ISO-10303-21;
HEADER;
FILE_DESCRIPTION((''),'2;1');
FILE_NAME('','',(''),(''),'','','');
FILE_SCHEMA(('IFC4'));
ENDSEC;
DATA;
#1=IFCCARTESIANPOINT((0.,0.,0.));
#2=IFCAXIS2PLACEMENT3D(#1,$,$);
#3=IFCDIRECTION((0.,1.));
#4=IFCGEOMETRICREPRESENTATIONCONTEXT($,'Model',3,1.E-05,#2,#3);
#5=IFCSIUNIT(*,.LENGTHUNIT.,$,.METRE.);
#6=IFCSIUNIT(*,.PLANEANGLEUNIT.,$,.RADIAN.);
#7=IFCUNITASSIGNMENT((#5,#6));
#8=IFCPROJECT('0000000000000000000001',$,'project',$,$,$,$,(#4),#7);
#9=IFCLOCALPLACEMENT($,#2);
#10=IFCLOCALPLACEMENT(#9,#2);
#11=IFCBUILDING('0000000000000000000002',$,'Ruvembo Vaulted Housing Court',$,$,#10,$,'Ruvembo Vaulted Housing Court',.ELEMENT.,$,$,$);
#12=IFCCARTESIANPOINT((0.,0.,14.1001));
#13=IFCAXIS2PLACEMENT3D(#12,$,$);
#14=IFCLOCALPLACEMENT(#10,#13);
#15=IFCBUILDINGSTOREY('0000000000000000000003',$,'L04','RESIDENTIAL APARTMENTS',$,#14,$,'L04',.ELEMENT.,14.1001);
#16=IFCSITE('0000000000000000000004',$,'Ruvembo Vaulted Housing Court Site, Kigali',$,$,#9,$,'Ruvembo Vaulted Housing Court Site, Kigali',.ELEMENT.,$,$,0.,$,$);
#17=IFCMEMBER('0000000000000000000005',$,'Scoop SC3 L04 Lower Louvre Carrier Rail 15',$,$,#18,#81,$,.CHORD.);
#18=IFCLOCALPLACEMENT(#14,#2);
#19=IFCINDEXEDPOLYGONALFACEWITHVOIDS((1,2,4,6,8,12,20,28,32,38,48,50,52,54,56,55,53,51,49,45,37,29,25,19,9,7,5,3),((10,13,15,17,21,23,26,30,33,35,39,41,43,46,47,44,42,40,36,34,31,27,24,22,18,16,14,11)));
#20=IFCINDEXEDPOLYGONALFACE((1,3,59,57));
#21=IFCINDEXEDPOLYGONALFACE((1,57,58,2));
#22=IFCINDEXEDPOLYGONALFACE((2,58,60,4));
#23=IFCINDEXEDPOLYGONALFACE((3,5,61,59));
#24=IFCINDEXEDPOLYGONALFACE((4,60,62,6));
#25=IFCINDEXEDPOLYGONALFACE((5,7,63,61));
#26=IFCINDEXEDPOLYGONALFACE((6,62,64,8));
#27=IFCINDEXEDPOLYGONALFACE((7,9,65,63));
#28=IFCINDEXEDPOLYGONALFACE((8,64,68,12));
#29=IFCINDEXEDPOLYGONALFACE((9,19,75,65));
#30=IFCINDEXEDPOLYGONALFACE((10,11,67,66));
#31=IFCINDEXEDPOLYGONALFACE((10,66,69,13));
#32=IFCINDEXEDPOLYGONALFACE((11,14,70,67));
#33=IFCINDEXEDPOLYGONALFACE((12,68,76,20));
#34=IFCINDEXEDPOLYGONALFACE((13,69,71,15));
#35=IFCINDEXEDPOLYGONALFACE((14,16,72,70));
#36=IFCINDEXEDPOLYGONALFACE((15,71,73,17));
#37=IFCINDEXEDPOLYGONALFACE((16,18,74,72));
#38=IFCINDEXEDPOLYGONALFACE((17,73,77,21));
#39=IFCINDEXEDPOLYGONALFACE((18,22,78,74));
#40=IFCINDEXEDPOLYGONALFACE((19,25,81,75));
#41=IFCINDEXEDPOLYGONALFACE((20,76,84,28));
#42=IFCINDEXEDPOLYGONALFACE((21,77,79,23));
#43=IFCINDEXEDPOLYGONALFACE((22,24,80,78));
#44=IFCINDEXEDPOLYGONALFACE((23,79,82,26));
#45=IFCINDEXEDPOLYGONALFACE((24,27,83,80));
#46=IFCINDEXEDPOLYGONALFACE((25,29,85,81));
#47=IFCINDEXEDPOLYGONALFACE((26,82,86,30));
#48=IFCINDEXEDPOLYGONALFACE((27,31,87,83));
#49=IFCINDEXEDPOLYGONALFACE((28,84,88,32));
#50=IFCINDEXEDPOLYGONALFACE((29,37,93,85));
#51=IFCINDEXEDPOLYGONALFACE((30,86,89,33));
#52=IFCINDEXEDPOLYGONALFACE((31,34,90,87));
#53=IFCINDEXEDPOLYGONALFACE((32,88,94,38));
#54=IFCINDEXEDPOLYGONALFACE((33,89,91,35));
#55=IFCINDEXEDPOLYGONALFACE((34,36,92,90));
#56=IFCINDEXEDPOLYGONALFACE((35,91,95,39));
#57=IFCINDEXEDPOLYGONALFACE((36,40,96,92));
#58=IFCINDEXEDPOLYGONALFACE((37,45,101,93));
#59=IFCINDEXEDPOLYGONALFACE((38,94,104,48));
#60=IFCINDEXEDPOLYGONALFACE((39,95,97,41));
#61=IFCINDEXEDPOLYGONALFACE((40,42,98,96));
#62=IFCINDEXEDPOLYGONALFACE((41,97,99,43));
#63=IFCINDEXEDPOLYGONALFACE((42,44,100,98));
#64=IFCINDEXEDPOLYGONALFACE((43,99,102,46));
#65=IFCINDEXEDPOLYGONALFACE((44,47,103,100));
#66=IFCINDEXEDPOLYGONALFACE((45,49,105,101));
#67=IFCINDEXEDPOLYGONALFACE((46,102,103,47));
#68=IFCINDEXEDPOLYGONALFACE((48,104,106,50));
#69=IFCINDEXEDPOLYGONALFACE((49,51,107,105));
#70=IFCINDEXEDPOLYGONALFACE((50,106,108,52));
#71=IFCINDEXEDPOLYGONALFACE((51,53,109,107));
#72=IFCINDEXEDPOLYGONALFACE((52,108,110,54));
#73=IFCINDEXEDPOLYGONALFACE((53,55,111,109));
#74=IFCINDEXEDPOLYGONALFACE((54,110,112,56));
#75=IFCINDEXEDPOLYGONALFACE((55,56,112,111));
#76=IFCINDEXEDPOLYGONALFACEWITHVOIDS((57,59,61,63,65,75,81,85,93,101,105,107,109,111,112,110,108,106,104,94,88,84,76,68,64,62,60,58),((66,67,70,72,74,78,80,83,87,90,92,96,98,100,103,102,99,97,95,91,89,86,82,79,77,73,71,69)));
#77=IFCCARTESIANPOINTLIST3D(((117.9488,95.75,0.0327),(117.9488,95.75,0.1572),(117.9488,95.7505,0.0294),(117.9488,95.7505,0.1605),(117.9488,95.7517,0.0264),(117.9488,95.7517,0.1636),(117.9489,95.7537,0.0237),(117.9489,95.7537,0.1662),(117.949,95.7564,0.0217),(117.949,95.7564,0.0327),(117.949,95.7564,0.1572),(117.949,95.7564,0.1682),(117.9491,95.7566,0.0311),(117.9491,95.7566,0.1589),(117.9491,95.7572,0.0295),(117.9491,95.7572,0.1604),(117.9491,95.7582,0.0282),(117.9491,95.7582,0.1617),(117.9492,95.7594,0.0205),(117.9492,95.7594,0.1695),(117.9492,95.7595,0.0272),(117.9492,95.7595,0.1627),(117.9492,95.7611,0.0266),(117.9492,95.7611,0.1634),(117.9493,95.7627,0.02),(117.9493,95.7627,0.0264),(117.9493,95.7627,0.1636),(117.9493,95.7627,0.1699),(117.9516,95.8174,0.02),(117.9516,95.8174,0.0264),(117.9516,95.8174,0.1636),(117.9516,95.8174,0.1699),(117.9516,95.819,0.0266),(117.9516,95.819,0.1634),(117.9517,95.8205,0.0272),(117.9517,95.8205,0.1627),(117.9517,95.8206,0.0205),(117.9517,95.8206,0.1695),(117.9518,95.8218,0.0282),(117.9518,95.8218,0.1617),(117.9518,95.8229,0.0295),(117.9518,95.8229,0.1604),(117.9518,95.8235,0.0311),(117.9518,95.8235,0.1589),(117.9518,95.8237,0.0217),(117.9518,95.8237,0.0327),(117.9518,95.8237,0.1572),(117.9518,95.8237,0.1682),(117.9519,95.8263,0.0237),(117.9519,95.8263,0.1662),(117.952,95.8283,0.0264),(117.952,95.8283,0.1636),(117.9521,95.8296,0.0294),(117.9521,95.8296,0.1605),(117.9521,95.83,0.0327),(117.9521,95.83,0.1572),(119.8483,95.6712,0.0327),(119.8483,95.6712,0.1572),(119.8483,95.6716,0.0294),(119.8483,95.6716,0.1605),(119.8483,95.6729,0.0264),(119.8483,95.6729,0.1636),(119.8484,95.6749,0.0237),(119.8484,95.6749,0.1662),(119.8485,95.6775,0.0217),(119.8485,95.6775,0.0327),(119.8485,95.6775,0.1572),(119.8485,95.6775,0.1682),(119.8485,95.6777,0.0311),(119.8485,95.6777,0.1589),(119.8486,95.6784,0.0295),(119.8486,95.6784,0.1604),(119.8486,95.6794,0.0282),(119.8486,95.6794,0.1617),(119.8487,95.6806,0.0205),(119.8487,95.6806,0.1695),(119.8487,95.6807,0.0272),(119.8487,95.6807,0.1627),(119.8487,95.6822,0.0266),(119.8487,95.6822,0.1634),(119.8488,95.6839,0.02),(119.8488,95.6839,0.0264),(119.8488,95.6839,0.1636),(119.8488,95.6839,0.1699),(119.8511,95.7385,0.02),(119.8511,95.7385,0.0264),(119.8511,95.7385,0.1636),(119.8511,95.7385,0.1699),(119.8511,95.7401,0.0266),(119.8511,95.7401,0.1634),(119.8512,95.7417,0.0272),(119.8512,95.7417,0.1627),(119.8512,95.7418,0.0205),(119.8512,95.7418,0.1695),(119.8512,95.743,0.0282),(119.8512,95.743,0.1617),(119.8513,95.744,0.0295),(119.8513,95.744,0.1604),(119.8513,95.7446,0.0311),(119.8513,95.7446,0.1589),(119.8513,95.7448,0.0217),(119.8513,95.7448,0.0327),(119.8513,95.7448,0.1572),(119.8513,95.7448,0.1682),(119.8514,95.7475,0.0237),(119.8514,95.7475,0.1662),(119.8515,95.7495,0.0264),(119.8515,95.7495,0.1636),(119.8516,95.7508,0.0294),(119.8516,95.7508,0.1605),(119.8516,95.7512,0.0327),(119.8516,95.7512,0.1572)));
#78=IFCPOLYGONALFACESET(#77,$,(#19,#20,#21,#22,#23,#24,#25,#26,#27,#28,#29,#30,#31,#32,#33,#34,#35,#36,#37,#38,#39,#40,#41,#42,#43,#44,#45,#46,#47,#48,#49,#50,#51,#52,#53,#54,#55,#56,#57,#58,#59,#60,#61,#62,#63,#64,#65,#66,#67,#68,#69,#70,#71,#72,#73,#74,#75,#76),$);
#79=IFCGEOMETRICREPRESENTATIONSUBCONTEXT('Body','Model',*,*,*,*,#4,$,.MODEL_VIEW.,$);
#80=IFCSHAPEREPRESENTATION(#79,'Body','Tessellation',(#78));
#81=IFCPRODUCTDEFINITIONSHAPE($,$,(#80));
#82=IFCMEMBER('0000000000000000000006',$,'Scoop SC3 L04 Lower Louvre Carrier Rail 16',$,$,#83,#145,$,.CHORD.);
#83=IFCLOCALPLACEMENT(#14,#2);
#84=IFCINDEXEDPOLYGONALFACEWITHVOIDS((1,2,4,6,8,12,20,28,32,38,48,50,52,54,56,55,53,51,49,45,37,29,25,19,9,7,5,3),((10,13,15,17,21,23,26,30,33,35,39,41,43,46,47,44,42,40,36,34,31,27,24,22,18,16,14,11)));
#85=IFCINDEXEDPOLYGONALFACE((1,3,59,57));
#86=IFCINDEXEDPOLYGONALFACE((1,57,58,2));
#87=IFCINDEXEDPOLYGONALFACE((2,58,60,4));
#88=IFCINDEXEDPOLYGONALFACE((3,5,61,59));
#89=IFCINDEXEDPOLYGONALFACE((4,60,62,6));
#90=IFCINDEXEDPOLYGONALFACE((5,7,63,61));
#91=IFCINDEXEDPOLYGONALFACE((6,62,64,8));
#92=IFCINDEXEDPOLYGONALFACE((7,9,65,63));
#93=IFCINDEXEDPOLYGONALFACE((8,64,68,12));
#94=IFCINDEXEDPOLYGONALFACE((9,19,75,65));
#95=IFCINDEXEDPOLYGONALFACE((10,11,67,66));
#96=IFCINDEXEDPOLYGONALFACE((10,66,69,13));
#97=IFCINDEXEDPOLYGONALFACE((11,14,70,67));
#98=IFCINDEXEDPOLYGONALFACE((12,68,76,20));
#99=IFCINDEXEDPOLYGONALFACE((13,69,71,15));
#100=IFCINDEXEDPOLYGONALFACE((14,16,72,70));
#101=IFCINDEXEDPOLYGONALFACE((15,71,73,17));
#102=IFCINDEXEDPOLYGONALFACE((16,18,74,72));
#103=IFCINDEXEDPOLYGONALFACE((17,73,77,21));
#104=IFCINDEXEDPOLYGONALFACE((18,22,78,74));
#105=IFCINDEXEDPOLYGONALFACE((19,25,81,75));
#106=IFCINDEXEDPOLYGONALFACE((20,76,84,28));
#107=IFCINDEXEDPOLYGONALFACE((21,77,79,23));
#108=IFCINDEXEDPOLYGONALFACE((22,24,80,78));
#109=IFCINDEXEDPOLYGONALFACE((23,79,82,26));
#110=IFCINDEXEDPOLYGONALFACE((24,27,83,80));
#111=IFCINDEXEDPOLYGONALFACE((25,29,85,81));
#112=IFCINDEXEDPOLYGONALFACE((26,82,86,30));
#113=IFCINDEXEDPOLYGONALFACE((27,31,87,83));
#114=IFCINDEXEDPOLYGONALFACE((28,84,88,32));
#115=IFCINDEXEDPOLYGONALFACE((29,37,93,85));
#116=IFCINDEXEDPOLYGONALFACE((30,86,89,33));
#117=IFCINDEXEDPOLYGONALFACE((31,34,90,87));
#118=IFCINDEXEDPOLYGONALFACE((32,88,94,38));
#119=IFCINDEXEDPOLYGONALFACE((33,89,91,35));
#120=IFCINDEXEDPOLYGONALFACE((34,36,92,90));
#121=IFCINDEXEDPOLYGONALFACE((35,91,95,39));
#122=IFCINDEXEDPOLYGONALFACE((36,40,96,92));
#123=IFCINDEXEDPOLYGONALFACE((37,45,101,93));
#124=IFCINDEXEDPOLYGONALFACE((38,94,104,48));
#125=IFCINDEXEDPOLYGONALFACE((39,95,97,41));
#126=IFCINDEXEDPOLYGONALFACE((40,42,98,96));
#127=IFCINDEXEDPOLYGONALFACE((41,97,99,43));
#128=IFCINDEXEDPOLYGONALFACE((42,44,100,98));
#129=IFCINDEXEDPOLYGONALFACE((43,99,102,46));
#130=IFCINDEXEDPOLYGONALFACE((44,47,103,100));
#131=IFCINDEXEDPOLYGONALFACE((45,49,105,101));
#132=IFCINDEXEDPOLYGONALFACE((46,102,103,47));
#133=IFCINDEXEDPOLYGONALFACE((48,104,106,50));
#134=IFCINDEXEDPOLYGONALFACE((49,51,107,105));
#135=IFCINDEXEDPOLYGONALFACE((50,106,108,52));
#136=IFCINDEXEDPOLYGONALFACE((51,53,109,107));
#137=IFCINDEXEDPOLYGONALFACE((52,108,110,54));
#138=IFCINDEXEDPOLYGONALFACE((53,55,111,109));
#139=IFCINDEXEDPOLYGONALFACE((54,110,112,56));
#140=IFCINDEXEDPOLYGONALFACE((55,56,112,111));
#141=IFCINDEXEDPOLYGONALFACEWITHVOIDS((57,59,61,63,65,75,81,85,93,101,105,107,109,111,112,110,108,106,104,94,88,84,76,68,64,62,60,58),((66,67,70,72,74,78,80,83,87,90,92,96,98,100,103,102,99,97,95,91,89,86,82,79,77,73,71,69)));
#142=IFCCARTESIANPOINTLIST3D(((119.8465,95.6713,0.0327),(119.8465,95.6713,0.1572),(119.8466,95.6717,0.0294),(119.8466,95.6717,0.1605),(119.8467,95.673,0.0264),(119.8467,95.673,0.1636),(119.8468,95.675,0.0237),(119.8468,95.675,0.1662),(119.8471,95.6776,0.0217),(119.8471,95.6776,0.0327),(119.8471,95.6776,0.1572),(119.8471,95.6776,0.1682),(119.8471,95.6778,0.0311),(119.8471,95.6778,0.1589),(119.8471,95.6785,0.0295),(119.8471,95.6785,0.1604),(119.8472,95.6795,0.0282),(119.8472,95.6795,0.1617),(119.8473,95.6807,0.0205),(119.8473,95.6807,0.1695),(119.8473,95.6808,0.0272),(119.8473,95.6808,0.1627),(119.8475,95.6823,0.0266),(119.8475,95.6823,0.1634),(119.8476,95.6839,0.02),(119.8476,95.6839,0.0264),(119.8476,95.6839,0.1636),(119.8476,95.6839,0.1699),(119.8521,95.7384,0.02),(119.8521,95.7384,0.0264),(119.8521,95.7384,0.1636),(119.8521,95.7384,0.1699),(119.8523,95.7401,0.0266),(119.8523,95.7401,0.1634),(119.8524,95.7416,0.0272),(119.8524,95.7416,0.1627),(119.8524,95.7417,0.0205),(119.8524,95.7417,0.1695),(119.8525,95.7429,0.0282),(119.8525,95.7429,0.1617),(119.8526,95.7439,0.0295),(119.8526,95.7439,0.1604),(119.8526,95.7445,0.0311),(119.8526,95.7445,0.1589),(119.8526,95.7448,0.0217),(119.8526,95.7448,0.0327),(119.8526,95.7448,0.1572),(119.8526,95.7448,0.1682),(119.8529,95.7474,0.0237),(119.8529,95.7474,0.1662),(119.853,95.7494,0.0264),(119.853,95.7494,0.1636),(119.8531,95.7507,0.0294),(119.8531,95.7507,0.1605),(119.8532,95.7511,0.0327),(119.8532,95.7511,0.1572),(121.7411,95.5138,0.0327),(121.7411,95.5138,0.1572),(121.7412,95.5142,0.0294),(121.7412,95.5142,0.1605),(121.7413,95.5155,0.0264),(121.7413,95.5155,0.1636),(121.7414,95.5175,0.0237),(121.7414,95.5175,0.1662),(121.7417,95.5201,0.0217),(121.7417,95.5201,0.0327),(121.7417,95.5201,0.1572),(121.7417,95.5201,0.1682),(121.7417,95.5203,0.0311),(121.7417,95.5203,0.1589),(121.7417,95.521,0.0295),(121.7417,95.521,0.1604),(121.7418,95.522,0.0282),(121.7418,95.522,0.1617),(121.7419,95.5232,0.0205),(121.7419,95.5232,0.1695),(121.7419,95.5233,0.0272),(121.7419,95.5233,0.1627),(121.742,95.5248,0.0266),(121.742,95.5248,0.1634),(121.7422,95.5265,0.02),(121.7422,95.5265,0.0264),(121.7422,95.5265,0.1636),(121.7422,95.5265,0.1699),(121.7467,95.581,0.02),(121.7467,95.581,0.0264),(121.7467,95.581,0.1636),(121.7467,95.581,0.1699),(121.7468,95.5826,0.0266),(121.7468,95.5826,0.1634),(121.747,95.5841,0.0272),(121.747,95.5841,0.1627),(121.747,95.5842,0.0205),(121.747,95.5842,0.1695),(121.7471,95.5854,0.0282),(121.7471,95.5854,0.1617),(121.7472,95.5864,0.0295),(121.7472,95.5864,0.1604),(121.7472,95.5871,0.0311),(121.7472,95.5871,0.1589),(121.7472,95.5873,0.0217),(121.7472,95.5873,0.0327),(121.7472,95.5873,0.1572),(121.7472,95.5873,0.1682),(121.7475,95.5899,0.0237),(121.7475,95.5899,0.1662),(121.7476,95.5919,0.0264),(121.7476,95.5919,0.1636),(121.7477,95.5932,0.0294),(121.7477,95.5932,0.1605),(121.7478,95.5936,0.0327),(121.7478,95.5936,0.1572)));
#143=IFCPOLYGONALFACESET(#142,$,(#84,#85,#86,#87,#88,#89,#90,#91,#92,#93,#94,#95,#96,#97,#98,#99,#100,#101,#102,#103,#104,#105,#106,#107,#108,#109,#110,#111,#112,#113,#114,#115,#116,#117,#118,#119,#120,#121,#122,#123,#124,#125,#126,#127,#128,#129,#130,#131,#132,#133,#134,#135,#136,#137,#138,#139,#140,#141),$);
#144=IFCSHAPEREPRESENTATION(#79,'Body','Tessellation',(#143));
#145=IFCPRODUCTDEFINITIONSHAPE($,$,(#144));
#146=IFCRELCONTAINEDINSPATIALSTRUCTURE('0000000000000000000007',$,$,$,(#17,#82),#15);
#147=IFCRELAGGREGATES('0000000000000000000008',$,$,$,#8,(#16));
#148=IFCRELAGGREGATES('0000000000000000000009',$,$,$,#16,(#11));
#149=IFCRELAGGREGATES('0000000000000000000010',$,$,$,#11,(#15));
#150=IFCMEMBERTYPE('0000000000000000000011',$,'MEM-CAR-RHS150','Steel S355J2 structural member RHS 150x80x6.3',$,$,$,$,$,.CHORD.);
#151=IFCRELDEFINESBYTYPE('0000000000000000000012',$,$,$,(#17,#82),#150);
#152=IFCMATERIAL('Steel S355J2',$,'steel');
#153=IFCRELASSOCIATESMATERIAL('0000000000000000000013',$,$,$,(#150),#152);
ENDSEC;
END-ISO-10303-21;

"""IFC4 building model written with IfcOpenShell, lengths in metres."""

from ifc_helpers import new_model, si_unit, direction, frame, origin, origin_2d, place, context, subcontext, project, spatial, hollow_rectangle, extrude, material, material_profile, profile_set, type_object, element, save


model = new_model("IFC4")

# Units and contexts
model_context = context("Model", 3, precision=1e-05, world=origin(), true_north=direction((0.0, 1.0)))
body_context = subcontext(model_context, "Body", "Model", "MODEL_VIEW")
ifc_project = project(units=[si_unit("LENGTHUNIT", "METRE"), si_unit("PLANEANGLEUNIT", "RADIAN")], contexts=[model_context])

# Site, building, storey
site_placement = place(None, origin())
site = spatial("IfcSite", under=ifc_project, at=site_placement, Name="Ruvembo Vaulted Housing Court Site, Kigali", LongName="Ruvembo Vaulted Housing Court Site, Kigali", CompositionType="ELEMENT", RefElevation=0.0)
building_placement = place(site_placement, origin())
building = spatial("IfcBuilding", under=site, at=building_placement, Name="Ruvembo Vaulted Housing Court", LongName="Ruvembo Vaulted Housing Court", CompositionType="ELEMENT")
storey_placement = place(building_placement, frame((0.0, 0.0, 14.1001)))
storey = spatial("IfcBuildingStorey", under=building, at=storey_placement, Name="L04", Description="RESIDENTIAL APARTMENTS", LongName="L04", CompositionType="ELEMENT", Elevation=14.1001)

# Shared definitions
ifc_material_1 = material(Name="Steel S355J2", Category="steel")

# Members
ifc_material_profile_1 = material_profile(ifc_material_1, hollow_rectangle(XDim=0.0801, YDim=0.1499, WallThickness=0.0063, InnerFilletRadius=0.0063, OuterFilletRadius=0.0127, at=origin_2d()), Name="RHS 150x80x6.3")
ifc_profile_set_1 = profile_set([ifc_material_profile_1], Name="Steel S355J2")
member_type_1 = type_object("IfcMemberType", Name="MEM-CAR-RHS150", Description="Steel S355J2 structural member RHS 150x80x6.3", PredefinedType="CHORD", material=ifc_profile_set_1)
for number, where, z_axis, x_axis, name in (
    (1, (117.9504, 95.79, 0.095), (0.999139, -0.041481, 0.0), (0.041481, 0.999139, 0.0), "Scoop SC3 L04 Lower Louvre Carrier Rail 15"),
    (2, (119.8499, 95.7112, 0.095), (0.996563, -0.082833, 0.0), (0.082833, 0.996563, 0.0), "Scoop SC3 L04 Lower Louvre Carrier Rail 16"),
):
    element("IfcMember", number, at=place(storey_placement, frame(where, z_axis=z_axis, x_axis=x_axis)), inside=storey, type_object=member_type_1, Name=name, PredefinedType="CHORD", context=body_context, shape_type="SweptSolid", body=[
        extrude(hollow_rectangle(XDim=0.0801, YDim=0.1499, WallThickness=0.0063, InnerFilletRadius=0.0063, OuterFilletRadius=0.0127, at=origin_2d()), origin(), (0.0, 0.0, 1.0), 1.9011),
    ])

save(model, "model.ifc")
